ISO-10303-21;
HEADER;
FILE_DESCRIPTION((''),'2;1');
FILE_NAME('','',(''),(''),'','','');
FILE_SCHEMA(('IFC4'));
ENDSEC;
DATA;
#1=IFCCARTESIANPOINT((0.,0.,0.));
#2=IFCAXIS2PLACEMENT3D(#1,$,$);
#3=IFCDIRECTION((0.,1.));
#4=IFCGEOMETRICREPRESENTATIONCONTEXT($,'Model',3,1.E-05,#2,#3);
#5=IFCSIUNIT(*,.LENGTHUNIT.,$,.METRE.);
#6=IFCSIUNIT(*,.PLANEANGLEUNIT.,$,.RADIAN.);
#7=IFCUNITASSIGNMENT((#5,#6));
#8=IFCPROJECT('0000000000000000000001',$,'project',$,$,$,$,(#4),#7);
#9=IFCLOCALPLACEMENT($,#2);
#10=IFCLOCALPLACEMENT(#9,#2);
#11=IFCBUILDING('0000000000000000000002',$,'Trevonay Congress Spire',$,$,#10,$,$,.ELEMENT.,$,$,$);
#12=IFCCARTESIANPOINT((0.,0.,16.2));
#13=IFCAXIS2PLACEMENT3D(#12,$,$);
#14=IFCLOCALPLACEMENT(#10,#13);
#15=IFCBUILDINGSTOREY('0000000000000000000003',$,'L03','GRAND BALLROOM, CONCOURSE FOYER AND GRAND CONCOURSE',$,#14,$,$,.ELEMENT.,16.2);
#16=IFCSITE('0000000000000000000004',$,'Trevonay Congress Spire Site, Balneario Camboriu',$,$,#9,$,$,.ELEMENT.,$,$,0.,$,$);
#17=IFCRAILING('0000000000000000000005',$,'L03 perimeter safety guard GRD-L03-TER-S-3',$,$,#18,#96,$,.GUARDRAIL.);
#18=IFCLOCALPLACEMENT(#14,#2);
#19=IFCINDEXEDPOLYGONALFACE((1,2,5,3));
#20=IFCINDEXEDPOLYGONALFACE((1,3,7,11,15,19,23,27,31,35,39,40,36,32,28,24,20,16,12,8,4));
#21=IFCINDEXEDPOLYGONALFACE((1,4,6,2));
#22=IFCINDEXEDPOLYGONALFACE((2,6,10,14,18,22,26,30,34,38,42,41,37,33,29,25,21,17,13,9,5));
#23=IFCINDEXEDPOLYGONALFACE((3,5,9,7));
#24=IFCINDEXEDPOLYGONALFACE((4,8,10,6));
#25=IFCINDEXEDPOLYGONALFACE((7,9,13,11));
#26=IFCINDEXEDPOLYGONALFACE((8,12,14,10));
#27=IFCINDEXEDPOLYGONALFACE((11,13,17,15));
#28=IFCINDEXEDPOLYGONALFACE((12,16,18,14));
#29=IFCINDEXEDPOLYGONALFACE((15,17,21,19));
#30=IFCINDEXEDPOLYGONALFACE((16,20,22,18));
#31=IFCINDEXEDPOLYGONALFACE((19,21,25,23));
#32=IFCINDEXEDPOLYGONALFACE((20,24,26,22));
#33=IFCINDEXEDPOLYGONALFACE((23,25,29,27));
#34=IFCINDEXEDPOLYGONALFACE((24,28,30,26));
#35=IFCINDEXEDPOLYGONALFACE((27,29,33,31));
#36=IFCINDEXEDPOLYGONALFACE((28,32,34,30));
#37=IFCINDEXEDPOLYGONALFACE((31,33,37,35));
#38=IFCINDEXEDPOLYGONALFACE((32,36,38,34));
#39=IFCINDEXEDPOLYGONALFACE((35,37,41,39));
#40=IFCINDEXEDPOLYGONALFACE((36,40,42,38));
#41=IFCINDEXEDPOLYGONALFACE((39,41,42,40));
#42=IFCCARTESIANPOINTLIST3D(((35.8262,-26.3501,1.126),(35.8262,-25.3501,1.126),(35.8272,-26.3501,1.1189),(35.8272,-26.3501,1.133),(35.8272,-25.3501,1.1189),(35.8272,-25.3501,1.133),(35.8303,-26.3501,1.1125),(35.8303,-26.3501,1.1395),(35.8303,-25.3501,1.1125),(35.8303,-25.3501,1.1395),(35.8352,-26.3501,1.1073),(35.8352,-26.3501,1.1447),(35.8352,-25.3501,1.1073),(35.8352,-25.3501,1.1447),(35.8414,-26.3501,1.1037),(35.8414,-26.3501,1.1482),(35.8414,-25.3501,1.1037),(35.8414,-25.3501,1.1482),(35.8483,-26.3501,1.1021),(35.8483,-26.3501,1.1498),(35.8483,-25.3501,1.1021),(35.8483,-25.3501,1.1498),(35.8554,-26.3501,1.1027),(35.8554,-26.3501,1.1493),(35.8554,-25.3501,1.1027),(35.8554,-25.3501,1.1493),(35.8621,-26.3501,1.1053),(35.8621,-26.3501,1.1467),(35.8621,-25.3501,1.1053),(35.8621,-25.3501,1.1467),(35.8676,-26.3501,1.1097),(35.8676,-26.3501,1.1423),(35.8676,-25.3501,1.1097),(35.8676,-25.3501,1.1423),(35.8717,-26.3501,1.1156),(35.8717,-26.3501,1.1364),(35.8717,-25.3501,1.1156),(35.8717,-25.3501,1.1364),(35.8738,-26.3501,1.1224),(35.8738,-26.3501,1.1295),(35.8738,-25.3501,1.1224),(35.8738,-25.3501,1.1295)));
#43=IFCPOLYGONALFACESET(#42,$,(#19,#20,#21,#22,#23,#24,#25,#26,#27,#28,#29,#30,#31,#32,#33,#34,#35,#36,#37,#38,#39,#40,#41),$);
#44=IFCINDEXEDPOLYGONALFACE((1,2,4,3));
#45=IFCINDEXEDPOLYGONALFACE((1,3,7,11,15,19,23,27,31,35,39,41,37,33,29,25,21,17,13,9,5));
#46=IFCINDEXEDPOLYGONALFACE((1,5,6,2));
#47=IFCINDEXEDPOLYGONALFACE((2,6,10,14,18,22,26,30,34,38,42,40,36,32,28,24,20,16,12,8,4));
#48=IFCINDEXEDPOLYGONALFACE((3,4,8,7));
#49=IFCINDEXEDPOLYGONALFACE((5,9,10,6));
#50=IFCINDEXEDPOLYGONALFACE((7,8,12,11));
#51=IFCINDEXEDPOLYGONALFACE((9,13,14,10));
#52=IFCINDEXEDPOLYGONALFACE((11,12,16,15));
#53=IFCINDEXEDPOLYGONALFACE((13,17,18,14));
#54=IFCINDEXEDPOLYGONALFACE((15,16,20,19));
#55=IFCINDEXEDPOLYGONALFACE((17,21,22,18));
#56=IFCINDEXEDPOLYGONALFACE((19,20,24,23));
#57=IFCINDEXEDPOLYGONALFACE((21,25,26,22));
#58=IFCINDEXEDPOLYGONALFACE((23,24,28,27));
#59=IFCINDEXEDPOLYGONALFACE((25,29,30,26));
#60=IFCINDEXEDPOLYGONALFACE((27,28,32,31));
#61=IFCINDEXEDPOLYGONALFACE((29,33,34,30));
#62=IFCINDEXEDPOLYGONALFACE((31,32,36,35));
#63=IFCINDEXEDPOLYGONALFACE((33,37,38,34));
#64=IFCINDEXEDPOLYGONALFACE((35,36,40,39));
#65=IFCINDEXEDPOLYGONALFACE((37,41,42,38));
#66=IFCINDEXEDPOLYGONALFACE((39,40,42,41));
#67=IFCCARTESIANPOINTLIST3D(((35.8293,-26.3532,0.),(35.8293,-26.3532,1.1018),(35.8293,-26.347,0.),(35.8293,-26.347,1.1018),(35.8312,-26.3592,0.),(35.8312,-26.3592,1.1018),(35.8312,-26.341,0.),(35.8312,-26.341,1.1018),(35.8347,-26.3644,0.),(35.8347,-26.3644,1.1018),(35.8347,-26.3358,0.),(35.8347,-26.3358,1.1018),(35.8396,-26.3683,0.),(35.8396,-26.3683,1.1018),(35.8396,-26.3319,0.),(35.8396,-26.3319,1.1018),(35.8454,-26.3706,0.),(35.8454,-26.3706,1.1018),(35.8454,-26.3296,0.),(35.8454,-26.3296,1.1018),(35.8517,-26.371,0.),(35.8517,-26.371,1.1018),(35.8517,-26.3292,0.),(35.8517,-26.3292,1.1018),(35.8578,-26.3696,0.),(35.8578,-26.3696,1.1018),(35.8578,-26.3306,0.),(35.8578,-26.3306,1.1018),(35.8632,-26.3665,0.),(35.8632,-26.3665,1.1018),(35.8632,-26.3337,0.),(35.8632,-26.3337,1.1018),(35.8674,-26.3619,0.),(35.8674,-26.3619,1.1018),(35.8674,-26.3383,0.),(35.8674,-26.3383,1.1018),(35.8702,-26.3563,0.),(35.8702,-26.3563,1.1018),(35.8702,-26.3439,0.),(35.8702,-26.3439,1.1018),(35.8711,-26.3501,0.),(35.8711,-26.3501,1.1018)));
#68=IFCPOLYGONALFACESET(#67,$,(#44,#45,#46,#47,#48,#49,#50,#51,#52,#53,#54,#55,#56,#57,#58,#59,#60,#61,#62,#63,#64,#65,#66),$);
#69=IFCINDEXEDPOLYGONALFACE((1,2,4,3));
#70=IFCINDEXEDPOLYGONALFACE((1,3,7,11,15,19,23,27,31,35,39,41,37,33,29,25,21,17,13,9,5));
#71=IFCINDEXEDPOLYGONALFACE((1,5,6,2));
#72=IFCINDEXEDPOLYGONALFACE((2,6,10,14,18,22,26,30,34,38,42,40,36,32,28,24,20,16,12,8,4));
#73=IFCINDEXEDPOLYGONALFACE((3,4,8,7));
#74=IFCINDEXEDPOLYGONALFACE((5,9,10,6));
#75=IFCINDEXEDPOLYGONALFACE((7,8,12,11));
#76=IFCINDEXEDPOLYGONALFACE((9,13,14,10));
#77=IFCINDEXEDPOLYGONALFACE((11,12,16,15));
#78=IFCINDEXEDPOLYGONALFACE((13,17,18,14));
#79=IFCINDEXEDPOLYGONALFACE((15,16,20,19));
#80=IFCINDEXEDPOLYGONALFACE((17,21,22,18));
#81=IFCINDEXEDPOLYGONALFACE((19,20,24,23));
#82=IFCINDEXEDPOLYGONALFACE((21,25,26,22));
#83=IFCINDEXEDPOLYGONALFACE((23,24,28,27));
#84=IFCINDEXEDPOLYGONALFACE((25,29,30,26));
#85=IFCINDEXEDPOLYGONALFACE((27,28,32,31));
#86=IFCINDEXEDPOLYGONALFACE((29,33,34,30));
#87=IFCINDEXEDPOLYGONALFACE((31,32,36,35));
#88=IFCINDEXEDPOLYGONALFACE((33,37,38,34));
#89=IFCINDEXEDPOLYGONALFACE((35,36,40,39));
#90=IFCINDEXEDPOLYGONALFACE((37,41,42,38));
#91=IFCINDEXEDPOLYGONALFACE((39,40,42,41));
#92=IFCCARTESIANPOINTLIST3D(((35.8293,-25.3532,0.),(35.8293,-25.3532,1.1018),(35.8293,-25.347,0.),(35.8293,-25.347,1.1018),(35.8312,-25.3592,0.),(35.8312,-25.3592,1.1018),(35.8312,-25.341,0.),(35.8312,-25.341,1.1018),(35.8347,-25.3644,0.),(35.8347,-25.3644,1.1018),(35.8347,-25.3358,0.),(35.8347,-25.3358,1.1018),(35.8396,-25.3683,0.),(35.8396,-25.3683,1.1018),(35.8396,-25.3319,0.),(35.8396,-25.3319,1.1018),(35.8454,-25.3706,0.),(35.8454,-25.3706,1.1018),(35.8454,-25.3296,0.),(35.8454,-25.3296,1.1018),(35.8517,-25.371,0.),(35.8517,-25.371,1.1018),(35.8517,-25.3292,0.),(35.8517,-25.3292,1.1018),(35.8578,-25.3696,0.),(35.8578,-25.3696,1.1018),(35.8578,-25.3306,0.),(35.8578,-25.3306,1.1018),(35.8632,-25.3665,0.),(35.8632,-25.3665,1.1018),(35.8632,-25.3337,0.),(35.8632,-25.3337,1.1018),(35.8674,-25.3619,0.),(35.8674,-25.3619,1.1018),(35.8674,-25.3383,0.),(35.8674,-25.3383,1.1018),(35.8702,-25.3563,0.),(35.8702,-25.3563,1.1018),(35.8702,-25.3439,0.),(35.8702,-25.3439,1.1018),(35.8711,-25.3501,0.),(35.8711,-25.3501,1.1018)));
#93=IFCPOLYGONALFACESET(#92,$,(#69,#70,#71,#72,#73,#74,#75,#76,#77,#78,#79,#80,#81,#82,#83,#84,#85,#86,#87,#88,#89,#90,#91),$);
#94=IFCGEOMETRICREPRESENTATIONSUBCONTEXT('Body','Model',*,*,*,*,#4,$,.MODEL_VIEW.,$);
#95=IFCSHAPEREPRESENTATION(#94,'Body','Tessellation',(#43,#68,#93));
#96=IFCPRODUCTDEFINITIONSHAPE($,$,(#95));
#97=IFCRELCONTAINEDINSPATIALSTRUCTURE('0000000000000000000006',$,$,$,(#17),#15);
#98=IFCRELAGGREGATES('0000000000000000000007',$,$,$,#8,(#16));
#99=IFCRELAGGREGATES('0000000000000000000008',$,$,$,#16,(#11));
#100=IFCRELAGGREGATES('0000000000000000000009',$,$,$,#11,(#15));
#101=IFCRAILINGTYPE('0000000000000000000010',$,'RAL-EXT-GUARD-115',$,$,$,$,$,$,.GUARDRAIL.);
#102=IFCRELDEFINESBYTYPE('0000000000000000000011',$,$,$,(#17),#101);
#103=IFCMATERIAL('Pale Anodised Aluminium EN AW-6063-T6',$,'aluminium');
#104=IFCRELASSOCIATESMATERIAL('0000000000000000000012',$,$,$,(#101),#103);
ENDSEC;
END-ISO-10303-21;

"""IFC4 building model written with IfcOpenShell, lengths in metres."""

from ifc_helpers import new_model, si_unit, direction, frame, origin, origin_2d, place, context, subcontext, project, spatial, circle, extrude, material, type_object, element, save


model = new_model("IFC4")

# Units and contexts
model_context = context("Model", 3, precision=1e-05, world=origin(), true_north=direction((0.0, 1.0)))
body_context = subcontext(model_context, "Body", "Model", "MODEL_VIEW")
ifc_project = project(units=[si_unit("LENGTHUNIT", "METRE"), si_unit("PLANEANGLEUNIT", "RADIAN")], contexts=[model_context])

# Site, building, storey
site_placement = place(None, origin())
site = spatial("IfcSite", under=ifc_project, at=site_placement, Name="Trevonay Congress Spire Site, Balneario Camboriu", CompositionType="ELEMENT", RefElevation=0.0)
building_placement = place(site_placement, origin())
building = spatial("IfcBuilding", under=site, at=building_placement, Name="Trevonay Congress Spire", CompositionType="ELEMENT")
storey_placement = place(building_placement, frame((0.0, 0.0, 16.2)))
storey = spatial("IfcBuildingStorey", under=building, at=storey_placement, Name="L03", Description="GRAND BALLROOM, CONCOURSE FOYER AND GRAND CONCOURSE", CompositionType="ELEMENT", Elevation=16.2)

# Shared definitions
ifc_material_1 = material(Name="Pale Anodised Aluminium EN AW-6063-T6", Category="aluminium")

# Railing
railing_type_1 = type_object("IfcRailingType", Name="RAL-EXT-GUARD-115", PredefinedType="GUARDRAIL", material=ifc_material_1)
railing_1_placement = place(storey_placement, frame((35.8501, -26.3501, 0.0)))
element("IfcRailing", 1, at=railing_1_placement, inside=storey, type_object=railing_type_1, Name="L03 perimeter safety guard GRD-L03-TER-S-3", PredefinedType="GUARDRAIL", context=body_context, shape_type="SweptSolid", body=[
    extrude(circle(Radius=0.0239, at=origin_2d()), frame((0.0, 0.0, 1.126), z_axis=(0.0, 1.0, 0.0), x_axis=(-1.0, 0.0, 0.0)), (0.0, 0.0, 1.0), 1.0),
    extrude(circle(Radius=0.021, at=origin_2d()), origin(), (0.0, 0.0, 1.0), 1.1018),
    extrude(circle(Radius=0.021, at=origin_2d()), frame((0.0, 1.0, 0.0)), (0.0, 0.0, 1.0), 1.1018),
])

save(model, "model.ifc")
